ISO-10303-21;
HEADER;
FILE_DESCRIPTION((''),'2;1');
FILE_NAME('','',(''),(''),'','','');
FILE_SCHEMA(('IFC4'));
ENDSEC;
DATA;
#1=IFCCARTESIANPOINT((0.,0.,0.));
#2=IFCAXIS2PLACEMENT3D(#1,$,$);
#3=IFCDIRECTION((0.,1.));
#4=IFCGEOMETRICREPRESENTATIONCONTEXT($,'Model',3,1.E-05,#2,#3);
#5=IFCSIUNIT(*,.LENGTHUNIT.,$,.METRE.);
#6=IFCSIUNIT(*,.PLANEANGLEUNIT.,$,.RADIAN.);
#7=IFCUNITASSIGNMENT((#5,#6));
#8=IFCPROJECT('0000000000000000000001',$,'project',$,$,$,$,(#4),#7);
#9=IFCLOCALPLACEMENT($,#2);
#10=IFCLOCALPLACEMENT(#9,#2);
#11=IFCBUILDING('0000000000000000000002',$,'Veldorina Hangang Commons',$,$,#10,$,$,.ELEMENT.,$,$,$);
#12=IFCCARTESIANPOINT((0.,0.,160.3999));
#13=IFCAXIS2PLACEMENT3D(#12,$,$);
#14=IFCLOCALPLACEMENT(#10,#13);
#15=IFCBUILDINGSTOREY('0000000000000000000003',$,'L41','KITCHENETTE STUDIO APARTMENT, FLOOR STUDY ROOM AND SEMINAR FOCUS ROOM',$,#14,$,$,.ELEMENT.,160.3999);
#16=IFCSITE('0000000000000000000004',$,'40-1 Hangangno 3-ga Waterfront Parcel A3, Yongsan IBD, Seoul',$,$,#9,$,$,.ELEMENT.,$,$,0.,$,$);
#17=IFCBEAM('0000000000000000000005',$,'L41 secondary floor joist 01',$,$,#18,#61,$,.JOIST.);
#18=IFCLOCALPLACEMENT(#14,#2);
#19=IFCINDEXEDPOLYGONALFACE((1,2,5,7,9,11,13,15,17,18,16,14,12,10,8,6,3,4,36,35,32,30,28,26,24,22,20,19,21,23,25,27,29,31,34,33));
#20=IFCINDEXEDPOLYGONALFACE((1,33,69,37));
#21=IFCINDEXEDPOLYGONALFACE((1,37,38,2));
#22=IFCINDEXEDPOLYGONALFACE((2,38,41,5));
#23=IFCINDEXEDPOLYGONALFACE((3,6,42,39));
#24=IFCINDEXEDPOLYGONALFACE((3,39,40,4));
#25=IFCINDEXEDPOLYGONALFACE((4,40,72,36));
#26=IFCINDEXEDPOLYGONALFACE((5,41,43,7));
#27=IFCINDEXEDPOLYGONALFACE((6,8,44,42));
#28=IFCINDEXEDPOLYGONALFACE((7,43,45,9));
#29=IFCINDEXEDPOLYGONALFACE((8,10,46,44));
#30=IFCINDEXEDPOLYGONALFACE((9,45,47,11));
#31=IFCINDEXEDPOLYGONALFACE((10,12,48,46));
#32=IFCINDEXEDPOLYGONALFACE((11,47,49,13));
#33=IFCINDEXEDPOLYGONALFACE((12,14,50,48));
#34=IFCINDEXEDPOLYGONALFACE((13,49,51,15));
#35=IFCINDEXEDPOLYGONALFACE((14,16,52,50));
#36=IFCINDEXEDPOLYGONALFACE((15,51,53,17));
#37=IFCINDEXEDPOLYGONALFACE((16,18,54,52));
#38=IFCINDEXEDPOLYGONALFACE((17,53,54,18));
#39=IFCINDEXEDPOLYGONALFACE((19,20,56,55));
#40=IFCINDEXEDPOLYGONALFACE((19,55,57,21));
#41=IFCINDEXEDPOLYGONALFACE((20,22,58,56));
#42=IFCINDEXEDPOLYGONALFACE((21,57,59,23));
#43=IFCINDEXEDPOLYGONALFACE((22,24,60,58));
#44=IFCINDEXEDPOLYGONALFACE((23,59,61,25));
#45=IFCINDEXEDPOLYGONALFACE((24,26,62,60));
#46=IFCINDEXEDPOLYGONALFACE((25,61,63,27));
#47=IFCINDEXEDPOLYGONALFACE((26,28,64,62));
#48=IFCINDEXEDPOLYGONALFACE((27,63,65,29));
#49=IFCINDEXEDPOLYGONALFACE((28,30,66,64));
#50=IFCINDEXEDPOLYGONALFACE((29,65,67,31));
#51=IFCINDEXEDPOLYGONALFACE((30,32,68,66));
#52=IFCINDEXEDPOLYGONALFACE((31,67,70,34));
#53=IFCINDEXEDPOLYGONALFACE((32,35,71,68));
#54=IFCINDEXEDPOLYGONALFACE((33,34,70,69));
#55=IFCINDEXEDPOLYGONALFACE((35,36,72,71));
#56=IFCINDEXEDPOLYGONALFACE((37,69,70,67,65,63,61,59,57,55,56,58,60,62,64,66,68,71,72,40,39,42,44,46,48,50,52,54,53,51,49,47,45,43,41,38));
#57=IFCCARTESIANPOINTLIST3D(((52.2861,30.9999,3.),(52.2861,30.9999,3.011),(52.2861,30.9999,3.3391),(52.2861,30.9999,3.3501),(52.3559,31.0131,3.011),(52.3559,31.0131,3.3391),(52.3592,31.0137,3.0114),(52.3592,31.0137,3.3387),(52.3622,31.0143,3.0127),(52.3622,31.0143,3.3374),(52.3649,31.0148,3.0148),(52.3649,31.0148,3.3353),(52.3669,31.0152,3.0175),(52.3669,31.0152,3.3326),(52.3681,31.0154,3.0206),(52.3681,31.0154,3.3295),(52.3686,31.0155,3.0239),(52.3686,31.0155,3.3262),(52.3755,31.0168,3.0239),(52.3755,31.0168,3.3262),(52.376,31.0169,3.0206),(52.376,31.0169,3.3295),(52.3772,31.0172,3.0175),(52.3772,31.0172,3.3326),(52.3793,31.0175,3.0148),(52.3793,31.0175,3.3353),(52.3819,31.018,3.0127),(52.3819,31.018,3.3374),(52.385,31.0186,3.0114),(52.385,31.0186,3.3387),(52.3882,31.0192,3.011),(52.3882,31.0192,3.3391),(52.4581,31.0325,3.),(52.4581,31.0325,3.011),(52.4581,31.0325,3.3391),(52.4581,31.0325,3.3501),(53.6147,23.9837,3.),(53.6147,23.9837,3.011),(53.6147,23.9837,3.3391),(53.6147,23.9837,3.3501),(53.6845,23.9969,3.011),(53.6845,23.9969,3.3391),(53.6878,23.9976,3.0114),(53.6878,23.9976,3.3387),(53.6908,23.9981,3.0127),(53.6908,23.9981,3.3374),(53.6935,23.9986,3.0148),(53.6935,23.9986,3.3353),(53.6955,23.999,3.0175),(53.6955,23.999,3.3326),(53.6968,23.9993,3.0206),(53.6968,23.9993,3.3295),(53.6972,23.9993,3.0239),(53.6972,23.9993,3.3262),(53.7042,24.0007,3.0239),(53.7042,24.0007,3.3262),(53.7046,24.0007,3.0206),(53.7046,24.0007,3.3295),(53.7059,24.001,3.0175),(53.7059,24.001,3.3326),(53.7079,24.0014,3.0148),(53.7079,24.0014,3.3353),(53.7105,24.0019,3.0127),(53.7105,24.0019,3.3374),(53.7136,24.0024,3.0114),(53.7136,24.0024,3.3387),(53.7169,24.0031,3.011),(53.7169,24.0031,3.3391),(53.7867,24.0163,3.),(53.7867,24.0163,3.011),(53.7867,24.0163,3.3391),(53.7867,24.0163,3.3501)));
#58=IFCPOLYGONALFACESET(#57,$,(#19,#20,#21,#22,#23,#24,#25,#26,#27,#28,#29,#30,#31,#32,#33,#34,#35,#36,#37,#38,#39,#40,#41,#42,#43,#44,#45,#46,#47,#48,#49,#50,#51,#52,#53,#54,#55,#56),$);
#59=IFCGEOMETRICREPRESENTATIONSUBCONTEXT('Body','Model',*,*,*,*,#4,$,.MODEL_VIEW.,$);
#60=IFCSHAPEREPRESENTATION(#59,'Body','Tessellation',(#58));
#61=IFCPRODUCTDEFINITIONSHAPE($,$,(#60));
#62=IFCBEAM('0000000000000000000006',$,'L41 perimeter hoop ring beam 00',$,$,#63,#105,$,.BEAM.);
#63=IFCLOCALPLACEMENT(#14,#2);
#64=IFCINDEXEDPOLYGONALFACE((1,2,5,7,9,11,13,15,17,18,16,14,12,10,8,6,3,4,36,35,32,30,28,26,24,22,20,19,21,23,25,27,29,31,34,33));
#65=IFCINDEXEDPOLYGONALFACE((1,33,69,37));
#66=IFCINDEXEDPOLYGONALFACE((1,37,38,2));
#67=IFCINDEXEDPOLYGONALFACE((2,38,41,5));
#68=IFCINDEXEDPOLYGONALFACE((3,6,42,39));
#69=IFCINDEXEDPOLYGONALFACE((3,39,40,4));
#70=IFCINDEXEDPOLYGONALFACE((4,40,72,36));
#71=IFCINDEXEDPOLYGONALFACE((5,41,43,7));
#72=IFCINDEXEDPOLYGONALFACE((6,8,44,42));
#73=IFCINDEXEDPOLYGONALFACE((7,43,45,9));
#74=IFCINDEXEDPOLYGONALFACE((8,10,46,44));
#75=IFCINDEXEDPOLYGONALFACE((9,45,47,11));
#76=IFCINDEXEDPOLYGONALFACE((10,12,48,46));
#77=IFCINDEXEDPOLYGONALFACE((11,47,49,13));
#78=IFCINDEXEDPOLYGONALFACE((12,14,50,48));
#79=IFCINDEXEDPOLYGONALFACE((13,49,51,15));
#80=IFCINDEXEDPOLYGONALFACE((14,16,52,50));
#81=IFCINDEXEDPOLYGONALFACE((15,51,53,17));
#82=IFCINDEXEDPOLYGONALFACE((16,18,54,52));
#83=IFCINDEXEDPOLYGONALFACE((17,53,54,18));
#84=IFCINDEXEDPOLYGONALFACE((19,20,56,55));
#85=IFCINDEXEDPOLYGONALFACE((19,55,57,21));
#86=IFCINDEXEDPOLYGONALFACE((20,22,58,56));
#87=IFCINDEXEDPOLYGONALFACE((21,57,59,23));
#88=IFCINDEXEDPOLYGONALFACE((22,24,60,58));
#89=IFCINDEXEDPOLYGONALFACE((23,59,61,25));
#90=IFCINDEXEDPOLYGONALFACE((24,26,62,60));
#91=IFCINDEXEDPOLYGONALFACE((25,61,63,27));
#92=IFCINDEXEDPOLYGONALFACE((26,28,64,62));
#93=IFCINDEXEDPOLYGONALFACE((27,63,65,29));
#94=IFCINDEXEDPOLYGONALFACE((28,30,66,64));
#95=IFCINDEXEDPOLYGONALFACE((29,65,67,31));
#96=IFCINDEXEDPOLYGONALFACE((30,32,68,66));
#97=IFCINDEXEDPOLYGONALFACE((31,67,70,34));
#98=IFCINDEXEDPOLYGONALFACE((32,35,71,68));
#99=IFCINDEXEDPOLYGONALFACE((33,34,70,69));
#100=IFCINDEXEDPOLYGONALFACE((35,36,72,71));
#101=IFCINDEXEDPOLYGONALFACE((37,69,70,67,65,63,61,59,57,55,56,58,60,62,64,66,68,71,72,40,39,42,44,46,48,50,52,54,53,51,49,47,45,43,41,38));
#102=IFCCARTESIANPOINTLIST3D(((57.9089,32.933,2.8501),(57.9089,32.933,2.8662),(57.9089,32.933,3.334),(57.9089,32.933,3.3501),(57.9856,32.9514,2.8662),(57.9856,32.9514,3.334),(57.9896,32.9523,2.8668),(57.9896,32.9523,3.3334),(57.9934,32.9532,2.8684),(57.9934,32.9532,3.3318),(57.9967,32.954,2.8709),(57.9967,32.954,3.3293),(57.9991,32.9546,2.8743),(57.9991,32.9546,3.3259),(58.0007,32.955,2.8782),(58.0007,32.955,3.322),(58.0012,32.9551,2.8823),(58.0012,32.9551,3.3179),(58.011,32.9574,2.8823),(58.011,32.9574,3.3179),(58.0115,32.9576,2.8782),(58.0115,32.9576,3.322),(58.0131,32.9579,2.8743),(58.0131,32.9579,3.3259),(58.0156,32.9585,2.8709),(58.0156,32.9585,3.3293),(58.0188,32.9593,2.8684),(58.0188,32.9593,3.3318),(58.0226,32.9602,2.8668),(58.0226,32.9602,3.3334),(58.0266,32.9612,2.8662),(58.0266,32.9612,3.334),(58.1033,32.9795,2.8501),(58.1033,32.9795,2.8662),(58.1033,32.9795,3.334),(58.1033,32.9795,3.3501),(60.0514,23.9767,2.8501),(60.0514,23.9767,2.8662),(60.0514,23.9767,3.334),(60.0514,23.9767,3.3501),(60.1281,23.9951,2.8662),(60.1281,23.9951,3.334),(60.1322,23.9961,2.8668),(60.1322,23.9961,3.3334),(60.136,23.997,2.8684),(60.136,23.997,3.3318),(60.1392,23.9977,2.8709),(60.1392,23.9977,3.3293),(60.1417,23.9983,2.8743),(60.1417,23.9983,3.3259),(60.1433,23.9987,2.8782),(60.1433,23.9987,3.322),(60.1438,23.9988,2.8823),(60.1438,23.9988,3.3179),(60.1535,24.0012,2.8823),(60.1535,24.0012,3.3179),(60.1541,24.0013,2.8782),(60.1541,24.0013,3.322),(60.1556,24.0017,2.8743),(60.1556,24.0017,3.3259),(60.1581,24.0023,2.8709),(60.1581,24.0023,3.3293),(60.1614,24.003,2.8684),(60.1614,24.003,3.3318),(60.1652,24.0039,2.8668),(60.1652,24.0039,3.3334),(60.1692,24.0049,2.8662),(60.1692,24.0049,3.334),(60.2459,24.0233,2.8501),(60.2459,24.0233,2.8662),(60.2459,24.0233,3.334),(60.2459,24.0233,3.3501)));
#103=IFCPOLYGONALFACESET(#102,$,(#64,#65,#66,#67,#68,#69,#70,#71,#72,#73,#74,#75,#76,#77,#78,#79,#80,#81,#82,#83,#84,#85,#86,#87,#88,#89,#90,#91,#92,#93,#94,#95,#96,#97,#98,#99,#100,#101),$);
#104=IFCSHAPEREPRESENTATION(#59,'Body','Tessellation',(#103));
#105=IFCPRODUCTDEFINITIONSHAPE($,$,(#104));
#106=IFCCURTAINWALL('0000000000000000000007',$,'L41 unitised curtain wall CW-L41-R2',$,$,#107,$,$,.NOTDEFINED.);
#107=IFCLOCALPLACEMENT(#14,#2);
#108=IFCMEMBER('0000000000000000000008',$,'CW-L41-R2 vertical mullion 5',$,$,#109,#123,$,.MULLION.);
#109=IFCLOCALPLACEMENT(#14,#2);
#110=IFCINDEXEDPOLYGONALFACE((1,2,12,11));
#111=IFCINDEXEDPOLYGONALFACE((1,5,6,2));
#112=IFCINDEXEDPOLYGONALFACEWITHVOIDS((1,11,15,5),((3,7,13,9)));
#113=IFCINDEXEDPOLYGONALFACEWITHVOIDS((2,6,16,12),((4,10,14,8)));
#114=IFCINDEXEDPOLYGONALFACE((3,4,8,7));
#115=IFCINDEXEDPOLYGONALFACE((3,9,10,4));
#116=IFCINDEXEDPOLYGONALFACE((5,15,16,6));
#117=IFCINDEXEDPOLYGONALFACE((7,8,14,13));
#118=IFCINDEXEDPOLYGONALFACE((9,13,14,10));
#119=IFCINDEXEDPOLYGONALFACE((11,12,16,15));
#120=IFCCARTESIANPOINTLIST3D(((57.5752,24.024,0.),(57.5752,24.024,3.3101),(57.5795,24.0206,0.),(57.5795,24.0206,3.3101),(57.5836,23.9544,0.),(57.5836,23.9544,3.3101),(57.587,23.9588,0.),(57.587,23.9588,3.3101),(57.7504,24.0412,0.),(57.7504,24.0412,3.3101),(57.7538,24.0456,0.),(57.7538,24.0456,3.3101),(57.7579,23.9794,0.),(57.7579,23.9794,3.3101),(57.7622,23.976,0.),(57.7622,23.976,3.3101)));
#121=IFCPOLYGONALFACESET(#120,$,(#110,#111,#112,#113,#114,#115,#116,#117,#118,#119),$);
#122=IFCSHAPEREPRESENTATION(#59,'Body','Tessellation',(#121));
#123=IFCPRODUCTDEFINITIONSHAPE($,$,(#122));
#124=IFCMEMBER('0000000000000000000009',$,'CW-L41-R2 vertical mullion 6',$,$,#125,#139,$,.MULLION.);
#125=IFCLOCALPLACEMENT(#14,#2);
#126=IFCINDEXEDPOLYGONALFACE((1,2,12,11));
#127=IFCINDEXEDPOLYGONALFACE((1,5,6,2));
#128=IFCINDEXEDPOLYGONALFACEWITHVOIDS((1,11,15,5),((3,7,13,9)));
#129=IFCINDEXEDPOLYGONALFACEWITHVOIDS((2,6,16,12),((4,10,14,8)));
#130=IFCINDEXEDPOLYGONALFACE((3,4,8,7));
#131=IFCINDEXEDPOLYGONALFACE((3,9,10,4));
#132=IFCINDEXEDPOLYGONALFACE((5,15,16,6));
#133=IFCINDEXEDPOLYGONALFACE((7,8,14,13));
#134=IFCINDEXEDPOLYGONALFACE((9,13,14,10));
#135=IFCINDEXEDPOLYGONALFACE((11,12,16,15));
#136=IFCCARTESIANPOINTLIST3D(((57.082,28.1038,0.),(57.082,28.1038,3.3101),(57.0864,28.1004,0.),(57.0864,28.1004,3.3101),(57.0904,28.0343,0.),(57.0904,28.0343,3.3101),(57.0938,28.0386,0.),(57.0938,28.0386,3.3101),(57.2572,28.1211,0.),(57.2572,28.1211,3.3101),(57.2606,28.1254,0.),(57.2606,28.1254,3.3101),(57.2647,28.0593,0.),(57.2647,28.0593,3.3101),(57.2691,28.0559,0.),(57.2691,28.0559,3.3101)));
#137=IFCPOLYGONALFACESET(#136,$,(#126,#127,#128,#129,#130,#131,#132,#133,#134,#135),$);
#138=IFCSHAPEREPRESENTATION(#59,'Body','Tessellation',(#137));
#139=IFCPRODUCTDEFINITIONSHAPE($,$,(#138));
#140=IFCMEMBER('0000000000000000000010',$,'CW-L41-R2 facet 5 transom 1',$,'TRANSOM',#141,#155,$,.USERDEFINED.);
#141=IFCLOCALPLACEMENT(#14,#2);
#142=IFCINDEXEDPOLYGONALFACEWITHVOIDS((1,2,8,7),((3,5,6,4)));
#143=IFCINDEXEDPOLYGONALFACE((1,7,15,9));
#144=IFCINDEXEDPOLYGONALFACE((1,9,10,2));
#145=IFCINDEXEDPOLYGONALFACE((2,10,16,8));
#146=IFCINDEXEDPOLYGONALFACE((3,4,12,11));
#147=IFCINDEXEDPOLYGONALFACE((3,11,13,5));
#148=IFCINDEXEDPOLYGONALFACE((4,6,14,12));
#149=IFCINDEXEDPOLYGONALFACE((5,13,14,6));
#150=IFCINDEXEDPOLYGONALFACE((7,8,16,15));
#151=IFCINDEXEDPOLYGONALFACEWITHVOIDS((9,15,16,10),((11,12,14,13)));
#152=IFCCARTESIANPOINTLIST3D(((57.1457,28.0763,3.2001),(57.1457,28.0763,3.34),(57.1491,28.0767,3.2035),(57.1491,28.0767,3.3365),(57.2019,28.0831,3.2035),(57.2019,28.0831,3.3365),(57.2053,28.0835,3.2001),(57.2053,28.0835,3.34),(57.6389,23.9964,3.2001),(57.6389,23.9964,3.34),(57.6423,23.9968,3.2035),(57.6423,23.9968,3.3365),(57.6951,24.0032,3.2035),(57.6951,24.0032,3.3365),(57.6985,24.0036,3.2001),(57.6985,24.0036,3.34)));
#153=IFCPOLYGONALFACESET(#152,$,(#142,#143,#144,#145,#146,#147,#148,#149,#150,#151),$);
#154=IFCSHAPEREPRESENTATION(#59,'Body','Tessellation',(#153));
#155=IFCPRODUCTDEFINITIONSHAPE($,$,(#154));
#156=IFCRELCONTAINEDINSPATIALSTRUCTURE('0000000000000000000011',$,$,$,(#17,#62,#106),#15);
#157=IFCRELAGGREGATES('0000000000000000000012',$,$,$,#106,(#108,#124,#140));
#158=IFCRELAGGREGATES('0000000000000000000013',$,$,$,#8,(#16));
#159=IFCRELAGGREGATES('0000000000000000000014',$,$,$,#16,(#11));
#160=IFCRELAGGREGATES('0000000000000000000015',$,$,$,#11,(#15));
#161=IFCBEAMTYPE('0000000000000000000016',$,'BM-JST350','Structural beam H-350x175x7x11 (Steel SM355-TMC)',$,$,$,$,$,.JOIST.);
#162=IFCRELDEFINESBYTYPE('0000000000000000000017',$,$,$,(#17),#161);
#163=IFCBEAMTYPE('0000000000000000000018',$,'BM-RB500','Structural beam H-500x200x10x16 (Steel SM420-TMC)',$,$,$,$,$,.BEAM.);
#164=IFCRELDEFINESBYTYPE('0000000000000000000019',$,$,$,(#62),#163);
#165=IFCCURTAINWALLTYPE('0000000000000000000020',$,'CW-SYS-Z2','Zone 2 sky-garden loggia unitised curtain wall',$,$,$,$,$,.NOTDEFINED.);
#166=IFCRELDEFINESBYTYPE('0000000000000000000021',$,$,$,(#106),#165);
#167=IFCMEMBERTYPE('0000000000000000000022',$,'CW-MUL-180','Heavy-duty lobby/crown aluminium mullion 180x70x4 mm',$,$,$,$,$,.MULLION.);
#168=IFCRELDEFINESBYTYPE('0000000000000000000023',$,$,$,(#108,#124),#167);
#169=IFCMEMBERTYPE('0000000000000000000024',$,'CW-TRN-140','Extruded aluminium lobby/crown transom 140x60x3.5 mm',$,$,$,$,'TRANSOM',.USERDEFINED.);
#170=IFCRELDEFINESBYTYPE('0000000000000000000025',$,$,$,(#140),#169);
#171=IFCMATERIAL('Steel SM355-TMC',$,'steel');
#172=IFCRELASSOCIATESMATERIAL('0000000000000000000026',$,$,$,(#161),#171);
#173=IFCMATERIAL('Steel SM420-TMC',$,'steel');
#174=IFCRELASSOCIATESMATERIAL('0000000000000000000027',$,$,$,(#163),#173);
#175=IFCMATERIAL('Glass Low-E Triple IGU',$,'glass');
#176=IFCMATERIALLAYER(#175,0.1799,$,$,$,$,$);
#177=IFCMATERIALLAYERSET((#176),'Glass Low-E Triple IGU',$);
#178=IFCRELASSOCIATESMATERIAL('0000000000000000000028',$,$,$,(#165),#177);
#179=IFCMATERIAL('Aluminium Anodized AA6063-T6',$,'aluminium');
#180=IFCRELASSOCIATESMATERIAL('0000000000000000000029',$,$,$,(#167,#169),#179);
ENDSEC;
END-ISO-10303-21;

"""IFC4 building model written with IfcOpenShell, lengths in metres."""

from ifc_helpers import new_model, si_unit, direction, frame, origin, origin_2d, place, context, subcontext, project, spatial, hollow_rectangle, i_section, extrude, material, layer, layer_set, material_profile, profile_set, type_object, element, aggregate, save


model = new_model("IFC4")

# Units and contexts
model_context = context("Model", 3, precision=1e-05, world=origin(), true_north=direction((0.0, 1.0)))
body_context = subcontext(model_context, "Body", "Model", "MODEL_VIEW")
ifc_project = project(units=[si_unit("LENGTHUNIT", "METRE"), si_unit("PLANEANGLEUNIT", "RADIAN")], contexts=[model_context])

# Site, building, storey
site_placement = place(None, origin())
site = spatial("IfcSite", under=ifc_project, at=site_placement, Name="40-1 Hangangno 3-ga Waterfront Parcel A3, Yongsan IBD, Seoul", CompositionType="ELEMENT", RefElevation=0.0)
building_placement = place(site_placement, origin())
building = spatial("IfcBuilding", under=site, at=building_placement, Name="Veldorina Hangang Commons", CompositionType="ELEMENT")
storey_placement = place(building_placement, frame((0.0, 0.0, 160.3999)))
storey = spatial("IfcBuildingStorey", under=building, at=storey_placement, Name="L41", Description="KITCHENETTE STUDIO APARTMENT, FLOOR STUDY ROOM AND SEMINAR FOCUS ROOM", CompositionType="ELEMENT", Elevation=160.3999)

# Beams
ifc_material_1 = material(Name="Steel SM355-TMC", Category="steel")
ifc_material_profile_1 = material_profile(ifc_material_1, i_section(OverallWidth=0.175, OverallDepth=0.3501, WebThickness=0.0071, FlangeThickness=0.011, FilletRadius=0.0129, at=origin_2d()), Name="H-350x175x7x11")
ifc_profile_set_1 = profile_set([ifc_material_profile_1], Name="Steel SM355-TMC")
beam_type_1 = type_object("IfcBeamType", Name="BM-JST350", Description="Structural beam H-350x175x7x11 (Steel SM355-TMC)", PredefinedType="JOIST", material=ifc_profile_set_1)
beam_1_placement = place(storey_placement, frame((53.7007, 24.0, 3.175), z_axis=(-0.186059, 0.982539, 0.0), x_axis=(-0.982539, -0.186059, 0.0)))
element("IfcBeam", 1, at=beam_1_placement, inside=storey, type_object=beam_type_1, Name="L41 secondary floor joist 01", PredefinedType="JOIST", context=body_context, shape_type="SweptSolid", body=[
    extrude(i_section(OverallWidth=0.175, OverallDepth=0.3501, WebThickness=0.0071, FlangeThickness=0.011, FilletRadius=0.0129, at=origin_2d()), origin(), (0.0, 0.0, 1.0), 7.1409),
])
ifc_material_2 = material(Name="Steel SM420-TMC", Category="steel")
ifc_material_profile_2 = material_profile(ifc_material_2, i_section(OverallWidth=0.2, OverallDepth=0.5, WebThickness=0.01, FlangeThickness=0.0161, FilletRadius=0.0161, at=origin_2d()), Name="H-500x200x10x16")
ifc_profile_set_2 = profile_set([ifc_material_profile_2], Name="Steel SM420-TMC")
beam_type_2 = type_object("IfcBeamType", Name="BM-RB500", Description="Structural beam H-500x200x10x16 (Steel SM420-TMC)", PredefinedType="BEAM", material=ifc_profile_set_2)
beam_2_placement = place(storey_placement, frame((60.1487, 24.0, 3.1001), z_axis=(-0.232661, 0.972558, 0.0), x_axis=(-0.972558, -0.232661, 0.0)))
element("IfcBeam", 2, at=beam_2_placement, inside=storey, type_object=beam_type_2, Name="L41 perimeter hoop ring beam 00", PredefinedType="BEAM", context=body_context, shape_type="SweptSolid", body=[
    extrude(i_section(OverallWidth=0.2, OverallDepth=0.5, WebThickness=0.01, FlangeThickness=0.0161, FilletRadius=0.0161, at=origin_2d()), origin(), (0.0, 0.0, 1.0), 9.209),
])

# Curtain wall, members
ifc_material_3 = material(Name="Glass Low-E Triple IGU", Category="glass")
ifc_layer_1 = layer(ifc_material_3, 0.1799)
ifc_layer_set_1 = layer_set([ifc_layer_1], Name="Glass Low-E Triple IGU")
curtain_wall_type = type_object("IfcCurtainWallType", Name="CW-SYS-Z2", Description="Zone 2 sky-garden loggia unitised curtain wall", PredefinedType="NOTDEFINED", material=ifc_layer_set_1)
curtain_wall_placement = place(storey_placement, origin())
curtain_wall = element("IfcCurtainWall", 3, at=curtain_wall_placement, inside=storey, type_object=curtain_wall_type, Name="L41 unitised curtain wall CW-L41-R2", PredefinedType="NOTDEFINED")
ifc_material_4 = material(Name="Aluminium Anodized AA6063-T6", Category="aluminium")
ifc_material_profile_3 = material_profile(ifc_material_4, hollow_rectangle(XDim=0.0701, YDim=0.1799, WallThickness=0.0039, at=origin_2d()), Name="ALU-RHS-180x70x4")
ifc_profile_set_3 = profile_set([ifc_material_profile_3], Name="Aluminium Anodized AA6063-T6")
member_type_1 = type_object("IfcMemberType", Name="CW-MUL-180", Description="Heavy-duty lobby/crown aluminium mullion 180x70x4 mm", PredefinedType="MULLION", material=ifc_profile_set_3)
member_1_placement = place(storey_placement, frame((57.6687, 24.0, 0.0), z_axis=(0.0, 0.0, 1.0), x_axis=(-0.120016, 0.992772, 0.0)))
member_1 = element("IfcMember", 4, at=member_1_placement, type_object=member_type_1, Name="CW-L41-R2 vertical mullion 5", PredefinedType="MULLION", context=body_context, shape_type="SweptSolid", body=[
    extrude(hollow_rectangle(XDim=0.0701, YDim=0.1799, WallThickness=0.0039, at=origin_2d()), origin(), (0.0, 0.0, 1.0), 3.3101),
])
member_2_placement = place(storey_placement, frame((57.1755, 28.0798, 0.0), z_axis=(0.0, 0.0, 1.0), x_axis=(0.120016, -0.992772, 0.0)))
member_2 = element("IfcMember", 5, at=member_2_placement, type_object=member_type_1, Name="CW-L41-R2 vertical mullion 6", PredefinedType="MULLION", context=body_context, shape_type="SweptSolid", body=[
    extrude(hollow_rectangle(XDim=0.0701, YDim=0.1799, WallThickness=0.0039, at=origin_2d()), origin(), (0.0, 0.0, 1.0), 3.3101),
])
ifc_material_profile_4 = material_profile(ifc_material_4, hollow_rectangle(XDim=0.0601, YDim=0.1399, WallThickness=0.0034, at=origin_2d()), Name="ALU-RHS-140x60x3.5")
ifc_profile_set_4 = profile_set([ifc_material_profile_4], Name="Aluminium Anodized AA6063-T6")
member_type_2 = type_object("IfcMemberType", Name="CW-TRN-140", Description="Extruded aluminium lobby/crown transom 140x60x3.5 mm", ElementType="TRANSOM", PredefinedType="USERDEFINED", material=ifc_profile_set_4)
member_3_placement = place(storey_placement, frame((57.6687, 24.0, 3.27), z_axis=(-0.120005, 0.992773, 0.0), x_axis=(-0.992773, -0.120005, 0.0)))
member_3 = element("IfcMember", 6, at=member_3_placement, type_object=member_type_2, Name="CW-L41-R2 facet 5 transom 1", ObjectType="TRANSOM", PredefinedType="USERDEFINED", context=body_context, shape_type="SweptSolid", body=[
    extrude(hollow_rectangle(XDim=0.0601, YDim=0.1399, WallThickness=0.0034, at=origin_2d()), origin(), (0.0, 0.0, 1.0), 4.1096),
])

aggregate(curtain_wall, [member_1, member_2, member_3])

save(model, "model.ifc")
